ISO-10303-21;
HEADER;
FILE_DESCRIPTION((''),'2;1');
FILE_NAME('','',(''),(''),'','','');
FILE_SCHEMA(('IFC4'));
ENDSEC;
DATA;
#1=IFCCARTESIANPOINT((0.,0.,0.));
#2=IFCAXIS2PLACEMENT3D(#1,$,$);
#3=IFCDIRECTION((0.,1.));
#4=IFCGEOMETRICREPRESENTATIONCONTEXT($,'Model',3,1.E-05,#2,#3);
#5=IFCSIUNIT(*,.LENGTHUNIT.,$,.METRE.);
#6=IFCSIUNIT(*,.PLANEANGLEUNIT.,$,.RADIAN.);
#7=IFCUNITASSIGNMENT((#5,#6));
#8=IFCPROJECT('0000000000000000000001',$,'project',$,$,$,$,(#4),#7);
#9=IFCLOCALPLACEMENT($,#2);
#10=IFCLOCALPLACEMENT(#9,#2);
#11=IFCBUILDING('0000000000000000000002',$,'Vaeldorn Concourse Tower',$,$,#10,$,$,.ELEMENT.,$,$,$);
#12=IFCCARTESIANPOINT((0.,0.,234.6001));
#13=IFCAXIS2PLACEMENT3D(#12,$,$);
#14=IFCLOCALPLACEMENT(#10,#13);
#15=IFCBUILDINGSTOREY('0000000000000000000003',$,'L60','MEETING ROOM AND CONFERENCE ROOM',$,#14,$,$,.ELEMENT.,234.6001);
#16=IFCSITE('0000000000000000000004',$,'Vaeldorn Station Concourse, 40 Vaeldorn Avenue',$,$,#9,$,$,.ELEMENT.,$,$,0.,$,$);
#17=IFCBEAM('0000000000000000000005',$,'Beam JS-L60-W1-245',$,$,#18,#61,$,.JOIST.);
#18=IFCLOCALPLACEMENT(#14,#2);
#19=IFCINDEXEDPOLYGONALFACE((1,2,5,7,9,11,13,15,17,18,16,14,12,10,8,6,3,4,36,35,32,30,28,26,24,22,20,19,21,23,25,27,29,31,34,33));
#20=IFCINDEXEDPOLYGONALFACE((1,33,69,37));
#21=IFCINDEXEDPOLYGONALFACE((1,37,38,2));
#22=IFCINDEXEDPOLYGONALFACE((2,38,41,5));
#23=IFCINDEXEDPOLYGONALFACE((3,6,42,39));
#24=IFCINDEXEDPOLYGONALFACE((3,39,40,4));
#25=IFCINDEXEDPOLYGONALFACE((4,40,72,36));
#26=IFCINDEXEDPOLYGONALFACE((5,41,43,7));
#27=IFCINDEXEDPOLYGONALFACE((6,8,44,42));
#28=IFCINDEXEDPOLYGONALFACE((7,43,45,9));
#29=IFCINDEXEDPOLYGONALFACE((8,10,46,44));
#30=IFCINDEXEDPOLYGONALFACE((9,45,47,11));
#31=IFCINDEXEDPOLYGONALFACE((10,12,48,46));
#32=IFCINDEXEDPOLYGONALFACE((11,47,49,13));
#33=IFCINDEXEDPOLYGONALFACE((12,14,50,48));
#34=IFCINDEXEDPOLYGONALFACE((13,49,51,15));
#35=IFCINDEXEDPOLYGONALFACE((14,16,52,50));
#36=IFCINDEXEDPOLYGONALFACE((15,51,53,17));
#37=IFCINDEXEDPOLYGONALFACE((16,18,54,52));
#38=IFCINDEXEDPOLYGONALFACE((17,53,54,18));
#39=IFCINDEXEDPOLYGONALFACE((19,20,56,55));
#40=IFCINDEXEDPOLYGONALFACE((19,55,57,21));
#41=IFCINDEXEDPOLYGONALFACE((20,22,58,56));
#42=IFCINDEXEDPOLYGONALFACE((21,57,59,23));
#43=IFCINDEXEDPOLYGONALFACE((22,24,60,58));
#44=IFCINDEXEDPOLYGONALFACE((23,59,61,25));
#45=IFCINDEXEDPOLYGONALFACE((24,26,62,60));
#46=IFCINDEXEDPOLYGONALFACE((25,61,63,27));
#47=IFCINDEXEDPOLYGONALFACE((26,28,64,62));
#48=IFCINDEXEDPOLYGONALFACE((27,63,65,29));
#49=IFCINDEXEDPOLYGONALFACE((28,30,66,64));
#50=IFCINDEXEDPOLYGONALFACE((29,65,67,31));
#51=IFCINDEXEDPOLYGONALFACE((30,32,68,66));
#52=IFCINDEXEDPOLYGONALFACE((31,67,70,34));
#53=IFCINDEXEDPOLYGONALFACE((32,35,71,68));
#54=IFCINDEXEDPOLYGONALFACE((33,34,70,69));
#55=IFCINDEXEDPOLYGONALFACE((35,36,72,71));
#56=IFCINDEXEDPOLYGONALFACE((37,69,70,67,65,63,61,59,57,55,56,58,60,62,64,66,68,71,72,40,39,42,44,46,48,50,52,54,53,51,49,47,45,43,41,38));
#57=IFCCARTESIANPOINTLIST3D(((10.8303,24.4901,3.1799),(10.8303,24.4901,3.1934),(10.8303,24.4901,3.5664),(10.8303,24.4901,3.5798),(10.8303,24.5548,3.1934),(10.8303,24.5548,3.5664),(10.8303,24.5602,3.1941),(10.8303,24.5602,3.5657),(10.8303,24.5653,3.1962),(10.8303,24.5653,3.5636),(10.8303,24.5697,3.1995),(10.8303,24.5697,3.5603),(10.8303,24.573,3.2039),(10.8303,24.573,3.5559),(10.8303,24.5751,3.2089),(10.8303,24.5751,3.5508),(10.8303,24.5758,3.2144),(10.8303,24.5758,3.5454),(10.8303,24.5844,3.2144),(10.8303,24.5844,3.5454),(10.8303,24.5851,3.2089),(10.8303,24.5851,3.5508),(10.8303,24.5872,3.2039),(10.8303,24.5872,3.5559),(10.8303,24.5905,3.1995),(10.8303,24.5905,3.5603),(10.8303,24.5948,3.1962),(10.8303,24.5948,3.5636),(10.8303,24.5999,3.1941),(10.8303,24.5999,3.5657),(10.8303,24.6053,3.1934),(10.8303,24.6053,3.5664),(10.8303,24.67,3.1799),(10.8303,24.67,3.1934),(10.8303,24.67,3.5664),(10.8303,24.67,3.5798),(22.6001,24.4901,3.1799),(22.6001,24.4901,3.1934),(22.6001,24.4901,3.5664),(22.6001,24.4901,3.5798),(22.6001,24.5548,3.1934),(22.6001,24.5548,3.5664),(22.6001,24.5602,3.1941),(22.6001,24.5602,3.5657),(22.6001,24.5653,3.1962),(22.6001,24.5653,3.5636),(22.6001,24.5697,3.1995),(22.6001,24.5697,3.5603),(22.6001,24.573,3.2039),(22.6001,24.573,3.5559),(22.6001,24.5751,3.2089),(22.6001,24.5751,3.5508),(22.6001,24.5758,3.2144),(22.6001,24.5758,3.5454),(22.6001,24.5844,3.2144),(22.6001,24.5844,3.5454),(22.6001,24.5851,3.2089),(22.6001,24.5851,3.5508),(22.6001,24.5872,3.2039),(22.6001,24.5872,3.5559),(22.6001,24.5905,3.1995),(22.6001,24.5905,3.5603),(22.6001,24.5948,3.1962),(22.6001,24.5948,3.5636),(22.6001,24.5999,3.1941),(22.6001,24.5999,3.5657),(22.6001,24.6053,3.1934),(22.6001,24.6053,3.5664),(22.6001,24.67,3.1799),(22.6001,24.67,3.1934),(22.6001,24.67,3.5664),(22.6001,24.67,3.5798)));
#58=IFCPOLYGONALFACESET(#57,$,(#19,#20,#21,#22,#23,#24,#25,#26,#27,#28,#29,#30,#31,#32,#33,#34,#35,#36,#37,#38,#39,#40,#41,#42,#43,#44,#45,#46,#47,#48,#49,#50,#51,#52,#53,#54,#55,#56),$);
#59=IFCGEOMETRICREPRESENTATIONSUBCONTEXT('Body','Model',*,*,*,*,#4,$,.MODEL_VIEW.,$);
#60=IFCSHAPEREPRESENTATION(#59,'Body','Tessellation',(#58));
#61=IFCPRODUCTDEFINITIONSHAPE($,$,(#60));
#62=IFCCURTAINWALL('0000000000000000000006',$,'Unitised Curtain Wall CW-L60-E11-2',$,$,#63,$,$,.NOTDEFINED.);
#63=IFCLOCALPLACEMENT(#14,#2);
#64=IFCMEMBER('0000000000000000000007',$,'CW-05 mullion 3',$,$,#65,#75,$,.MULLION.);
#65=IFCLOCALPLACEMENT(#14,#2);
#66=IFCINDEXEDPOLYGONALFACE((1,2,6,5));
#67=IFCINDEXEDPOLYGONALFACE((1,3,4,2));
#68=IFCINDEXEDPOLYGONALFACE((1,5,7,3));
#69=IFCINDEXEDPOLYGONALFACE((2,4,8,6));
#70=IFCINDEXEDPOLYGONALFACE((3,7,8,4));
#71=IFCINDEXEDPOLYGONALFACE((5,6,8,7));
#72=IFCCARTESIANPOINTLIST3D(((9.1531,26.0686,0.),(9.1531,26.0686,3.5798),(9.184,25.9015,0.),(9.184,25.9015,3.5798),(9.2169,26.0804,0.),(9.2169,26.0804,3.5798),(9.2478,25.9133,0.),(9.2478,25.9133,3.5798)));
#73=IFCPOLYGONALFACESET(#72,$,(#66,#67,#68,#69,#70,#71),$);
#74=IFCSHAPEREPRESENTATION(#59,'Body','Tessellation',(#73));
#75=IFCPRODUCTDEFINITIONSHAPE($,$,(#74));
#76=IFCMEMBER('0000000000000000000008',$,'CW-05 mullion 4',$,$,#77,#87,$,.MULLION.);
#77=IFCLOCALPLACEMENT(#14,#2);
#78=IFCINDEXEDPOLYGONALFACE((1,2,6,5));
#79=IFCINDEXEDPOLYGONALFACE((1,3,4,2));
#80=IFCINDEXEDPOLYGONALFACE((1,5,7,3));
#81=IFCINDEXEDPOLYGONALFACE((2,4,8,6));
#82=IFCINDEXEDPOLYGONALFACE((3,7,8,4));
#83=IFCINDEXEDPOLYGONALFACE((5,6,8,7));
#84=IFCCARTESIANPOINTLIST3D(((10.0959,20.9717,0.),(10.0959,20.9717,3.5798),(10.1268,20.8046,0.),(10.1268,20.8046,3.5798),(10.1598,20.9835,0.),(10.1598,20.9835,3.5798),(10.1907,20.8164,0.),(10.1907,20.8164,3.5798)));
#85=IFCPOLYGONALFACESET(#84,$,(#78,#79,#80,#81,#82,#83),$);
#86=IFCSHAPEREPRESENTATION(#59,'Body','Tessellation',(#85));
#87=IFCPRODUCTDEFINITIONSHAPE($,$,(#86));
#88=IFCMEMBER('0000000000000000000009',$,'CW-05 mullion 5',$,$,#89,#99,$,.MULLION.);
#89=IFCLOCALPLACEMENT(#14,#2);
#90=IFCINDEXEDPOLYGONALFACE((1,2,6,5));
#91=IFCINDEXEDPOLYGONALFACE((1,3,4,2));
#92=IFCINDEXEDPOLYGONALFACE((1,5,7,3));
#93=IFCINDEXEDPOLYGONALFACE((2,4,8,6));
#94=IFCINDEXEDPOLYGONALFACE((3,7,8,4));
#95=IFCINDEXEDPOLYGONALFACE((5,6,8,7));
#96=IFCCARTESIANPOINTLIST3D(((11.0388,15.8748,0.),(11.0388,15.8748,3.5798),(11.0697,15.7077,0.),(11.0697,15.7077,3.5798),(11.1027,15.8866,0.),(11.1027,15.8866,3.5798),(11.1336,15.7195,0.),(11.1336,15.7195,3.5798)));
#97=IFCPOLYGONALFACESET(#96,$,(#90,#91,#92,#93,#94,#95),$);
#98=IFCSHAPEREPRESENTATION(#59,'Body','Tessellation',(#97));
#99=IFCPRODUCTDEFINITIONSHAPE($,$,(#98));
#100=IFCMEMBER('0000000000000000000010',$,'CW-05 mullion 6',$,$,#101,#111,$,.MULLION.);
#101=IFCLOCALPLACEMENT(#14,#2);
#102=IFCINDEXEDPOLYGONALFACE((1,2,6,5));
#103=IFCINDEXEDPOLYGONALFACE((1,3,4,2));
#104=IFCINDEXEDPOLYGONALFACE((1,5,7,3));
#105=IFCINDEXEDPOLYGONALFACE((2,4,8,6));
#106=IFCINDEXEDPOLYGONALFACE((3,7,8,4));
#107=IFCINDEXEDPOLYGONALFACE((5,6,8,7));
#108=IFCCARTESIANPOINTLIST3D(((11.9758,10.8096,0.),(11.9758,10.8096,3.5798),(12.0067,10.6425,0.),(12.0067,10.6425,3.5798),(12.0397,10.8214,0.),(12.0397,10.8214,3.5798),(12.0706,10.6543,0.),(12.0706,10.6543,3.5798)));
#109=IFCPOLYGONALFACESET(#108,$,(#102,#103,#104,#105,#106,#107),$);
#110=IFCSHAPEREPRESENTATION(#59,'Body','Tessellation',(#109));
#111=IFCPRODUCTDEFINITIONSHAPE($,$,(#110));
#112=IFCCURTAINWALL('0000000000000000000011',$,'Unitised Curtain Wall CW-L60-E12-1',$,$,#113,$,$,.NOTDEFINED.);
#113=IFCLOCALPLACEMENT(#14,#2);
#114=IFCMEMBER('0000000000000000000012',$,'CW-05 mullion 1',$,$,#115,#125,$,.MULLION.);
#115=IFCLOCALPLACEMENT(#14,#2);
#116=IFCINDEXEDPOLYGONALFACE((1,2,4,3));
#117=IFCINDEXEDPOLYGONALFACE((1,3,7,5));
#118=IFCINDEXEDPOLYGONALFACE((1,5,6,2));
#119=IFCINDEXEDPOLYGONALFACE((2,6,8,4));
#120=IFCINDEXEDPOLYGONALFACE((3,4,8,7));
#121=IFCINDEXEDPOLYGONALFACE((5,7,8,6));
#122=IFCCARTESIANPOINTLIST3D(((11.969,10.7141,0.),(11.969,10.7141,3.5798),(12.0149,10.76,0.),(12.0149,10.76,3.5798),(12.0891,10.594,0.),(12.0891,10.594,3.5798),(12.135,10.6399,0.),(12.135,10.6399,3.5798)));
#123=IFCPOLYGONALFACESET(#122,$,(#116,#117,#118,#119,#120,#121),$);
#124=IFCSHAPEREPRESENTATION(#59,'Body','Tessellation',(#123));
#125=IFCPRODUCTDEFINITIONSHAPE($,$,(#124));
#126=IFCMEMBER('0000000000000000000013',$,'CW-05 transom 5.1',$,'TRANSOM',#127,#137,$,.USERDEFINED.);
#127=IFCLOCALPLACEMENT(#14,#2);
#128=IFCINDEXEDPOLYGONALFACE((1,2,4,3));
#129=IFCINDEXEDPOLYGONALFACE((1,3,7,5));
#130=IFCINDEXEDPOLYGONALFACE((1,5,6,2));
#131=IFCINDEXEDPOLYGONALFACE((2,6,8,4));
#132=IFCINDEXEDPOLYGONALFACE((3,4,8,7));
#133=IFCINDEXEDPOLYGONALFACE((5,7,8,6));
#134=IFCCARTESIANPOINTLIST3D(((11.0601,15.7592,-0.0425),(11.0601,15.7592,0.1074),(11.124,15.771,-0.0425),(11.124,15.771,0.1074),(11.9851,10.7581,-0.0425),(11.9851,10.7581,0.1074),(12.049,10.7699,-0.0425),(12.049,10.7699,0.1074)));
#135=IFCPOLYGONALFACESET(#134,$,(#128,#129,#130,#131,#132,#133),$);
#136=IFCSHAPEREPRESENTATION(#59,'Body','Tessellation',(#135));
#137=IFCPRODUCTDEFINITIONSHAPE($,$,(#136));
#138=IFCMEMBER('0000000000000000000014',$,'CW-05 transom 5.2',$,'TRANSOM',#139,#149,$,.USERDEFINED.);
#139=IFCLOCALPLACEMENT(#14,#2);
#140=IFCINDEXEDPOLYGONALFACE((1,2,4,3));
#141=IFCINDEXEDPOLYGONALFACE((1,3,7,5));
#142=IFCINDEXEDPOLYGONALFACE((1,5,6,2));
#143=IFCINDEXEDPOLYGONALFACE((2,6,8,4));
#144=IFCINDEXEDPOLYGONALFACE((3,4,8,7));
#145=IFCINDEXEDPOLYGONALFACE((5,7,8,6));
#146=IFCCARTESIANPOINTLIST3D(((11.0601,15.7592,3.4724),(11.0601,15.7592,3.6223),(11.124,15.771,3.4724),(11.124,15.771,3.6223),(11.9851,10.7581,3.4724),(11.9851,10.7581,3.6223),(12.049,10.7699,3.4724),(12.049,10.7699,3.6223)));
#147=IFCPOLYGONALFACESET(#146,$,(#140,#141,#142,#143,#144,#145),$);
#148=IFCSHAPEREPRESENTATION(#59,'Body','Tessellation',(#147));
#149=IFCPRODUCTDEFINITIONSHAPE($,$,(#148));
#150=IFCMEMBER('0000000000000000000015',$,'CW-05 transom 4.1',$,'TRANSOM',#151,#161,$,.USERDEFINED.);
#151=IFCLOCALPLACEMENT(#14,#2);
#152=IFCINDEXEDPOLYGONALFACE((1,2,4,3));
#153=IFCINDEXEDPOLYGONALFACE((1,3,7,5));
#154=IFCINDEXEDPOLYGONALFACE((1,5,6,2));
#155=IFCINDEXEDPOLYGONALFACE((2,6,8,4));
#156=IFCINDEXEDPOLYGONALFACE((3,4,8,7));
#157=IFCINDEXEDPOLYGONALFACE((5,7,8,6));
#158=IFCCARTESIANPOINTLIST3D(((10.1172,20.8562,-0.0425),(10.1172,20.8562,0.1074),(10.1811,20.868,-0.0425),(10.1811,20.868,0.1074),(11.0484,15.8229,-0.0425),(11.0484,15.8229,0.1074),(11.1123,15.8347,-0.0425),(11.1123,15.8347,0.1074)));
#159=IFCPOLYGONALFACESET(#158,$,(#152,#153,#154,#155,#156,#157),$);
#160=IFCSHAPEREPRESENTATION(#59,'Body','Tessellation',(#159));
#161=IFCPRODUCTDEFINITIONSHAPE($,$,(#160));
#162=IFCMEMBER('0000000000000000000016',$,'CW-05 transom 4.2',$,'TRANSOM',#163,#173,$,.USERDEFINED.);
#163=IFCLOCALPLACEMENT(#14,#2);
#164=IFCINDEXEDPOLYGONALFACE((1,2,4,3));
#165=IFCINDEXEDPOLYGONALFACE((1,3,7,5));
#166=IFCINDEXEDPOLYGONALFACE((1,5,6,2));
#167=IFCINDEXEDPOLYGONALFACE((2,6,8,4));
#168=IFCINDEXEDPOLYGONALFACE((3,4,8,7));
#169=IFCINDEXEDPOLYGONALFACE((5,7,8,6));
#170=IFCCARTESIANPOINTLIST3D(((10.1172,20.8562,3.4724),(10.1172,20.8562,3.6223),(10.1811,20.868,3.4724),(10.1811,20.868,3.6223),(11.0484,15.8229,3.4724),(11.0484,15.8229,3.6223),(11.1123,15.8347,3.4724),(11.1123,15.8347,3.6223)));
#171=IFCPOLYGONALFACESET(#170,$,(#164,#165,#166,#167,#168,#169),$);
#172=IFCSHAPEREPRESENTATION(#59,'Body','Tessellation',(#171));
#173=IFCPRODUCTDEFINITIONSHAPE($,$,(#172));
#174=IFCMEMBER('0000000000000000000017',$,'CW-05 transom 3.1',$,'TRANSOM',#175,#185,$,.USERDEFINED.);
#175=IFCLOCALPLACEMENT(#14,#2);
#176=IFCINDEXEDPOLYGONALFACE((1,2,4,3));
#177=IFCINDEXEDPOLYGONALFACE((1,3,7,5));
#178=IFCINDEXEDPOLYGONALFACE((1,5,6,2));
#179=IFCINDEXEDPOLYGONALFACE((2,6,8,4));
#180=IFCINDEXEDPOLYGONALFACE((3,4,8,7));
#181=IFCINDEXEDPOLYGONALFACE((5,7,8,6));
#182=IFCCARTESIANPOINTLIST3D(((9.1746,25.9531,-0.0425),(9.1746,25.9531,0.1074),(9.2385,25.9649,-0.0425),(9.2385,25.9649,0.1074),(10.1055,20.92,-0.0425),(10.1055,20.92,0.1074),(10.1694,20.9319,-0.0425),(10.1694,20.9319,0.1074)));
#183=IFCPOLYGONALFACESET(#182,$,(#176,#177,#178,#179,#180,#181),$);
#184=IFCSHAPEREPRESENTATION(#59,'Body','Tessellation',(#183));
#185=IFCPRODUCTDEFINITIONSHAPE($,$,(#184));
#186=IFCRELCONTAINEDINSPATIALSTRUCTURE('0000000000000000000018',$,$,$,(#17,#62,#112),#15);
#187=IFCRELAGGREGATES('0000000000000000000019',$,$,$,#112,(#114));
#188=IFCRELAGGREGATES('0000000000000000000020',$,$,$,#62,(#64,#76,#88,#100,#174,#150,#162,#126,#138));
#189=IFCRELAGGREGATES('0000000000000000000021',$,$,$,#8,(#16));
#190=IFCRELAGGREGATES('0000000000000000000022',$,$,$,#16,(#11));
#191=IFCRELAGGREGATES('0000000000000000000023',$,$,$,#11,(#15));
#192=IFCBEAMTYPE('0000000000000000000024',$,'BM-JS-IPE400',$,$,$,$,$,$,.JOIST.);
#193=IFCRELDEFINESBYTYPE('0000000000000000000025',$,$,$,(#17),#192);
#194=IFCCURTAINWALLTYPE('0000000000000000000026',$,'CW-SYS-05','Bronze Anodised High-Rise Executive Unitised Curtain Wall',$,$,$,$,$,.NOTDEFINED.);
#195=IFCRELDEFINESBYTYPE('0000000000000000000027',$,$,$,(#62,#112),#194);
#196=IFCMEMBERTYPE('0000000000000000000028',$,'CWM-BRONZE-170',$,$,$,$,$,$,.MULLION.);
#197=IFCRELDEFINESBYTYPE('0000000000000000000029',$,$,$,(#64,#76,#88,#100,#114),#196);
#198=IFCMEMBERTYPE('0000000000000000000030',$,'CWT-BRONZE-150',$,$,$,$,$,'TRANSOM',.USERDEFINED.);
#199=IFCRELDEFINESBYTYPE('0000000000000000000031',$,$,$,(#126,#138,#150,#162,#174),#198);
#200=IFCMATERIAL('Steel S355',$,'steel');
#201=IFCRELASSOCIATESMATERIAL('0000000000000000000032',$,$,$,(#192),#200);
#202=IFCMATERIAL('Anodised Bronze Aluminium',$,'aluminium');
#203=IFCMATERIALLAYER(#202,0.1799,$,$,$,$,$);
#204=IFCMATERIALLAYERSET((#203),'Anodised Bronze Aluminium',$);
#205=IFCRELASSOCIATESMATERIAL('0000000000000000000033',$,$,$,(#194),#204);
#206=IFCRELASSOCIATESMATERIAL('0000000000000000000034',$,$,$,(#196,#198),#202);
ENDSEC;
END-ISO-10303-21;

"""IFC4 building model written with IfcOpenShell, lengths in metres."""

from ifc_helpers import new_model, si_unit, direction, frame, origin, origin_2d, place, context, subcontext, project, spatial, rectangle, i_section, extrude, source, transform, mapped, material, layer, layer_set, material_profile, profile_set, type_object, element, aggregate, save


model = new_model("IFC4")

# Units and contexts
model_context = context("Model", 3, precision=1e-05, world=origin(), true_north=direction((0.0, 1.0)))
body_context = subcontext(model_context, "Body", "Model", "MODEL_VIEW")
ifc_project = project(units=[si_unit("LENGTHUNIT", "METRE"), si_unit("PLANEANGLEUNIT", "RADIAN")], contexts=[model_context])

# Site, building, storey
site_placement = place(None, origin())
site = spatial("IfcSite", under=ifc_project, at=site_placement, Name="Vaeldorn Station Concourse, 40 Vaeldorn Avenue", CompositionType="ELEMENT", RefElevation=0.0)
building_placement = place(site_placement, origin())
building = spatial("IfcBuilding", under=site, at=building_placement, Name="Vaeldorn Concourse Tower", CompositionType="ELEMENT")
storey_placement = place(building_placement, frame((0.0, 0.0, 234.6001)))
storey = spatial("IfcBuildingStorey", under=building, at=storey_placement, Name="L60", Description="MEETING ROOM AND CONFERENCE ROOM", CompositionType="ELEMENT", Elevation=234.6001)

# Shared definitions
ifc_material_1 = material(Name="Steel S355", Category="steel")

# Beam
ifc_material_profile_1 = material_profile(ifc_material_1, i_section(OverallWidth=0.1799, OverallDepth=0.3999, WebThickness=0.0085, FlangeThickness=0.0134, FilletRadius=0.021, at=origin_2d()), Name="IPE 400")
ifc_profile_set_1 = profile_set([ifc_material_profile_1], Name="Steel S355")
beam_type_1 = type_object("IfcBeamType", Name="BM-JS-IPE400", PredefinedType="JOIST", material=ifc_profile_set_1)
shared_shape_1 = source(origin(), body_context, "Body", "SweptSolid", [
    extrude(i_section(OverallWidth=0.1799, OverallDepth=0.3999, WebThickness=0.0085, FlangeThickness=0.0134, FilletRadius=0.021, at=origin_2d()), origin(), (0.0, 0.0, 1.0), 11.7698),
])
beam_1_placement = place(storey_placement, frame((10.8303, 24.5801, 3.3799), z_axis=(1.0, 0.0, 0.0), x_axis=(0.0, 1.0, 0.0)))
element("IfcBeam", 1, at=beam_1_placement, inside=storey, type_object=beam_type_1, Name="Beam JS-L60-W1-245", PredefinedType="JOIST", context=body_context, shape_type="MappedRepresentation", body=[
    mapped(shared_shape_1, transform((0.0, 0.0, 0.0), scale=1.0)),
])

# Curtain wall, members
ifc_material_2 = material(Name="Anodised Bronze Aluminium", Category="aluminium")
ifc_layer_1 = layer(ifc_material_2, 0.1799)
ifc_layer_set_1 = layer_set([ifc_layer_1], Name="Anodised Bronze Aluminium")
curtain_wall_type = type_object("IfcCurtainWallType", Name="CW-SYS-05", Description="Bronze Anodised High-Rise Executive Unitised Curtain Wall", PredefinedType="NOTDEFINED", material=ifc_layer_set_1)
curtain_wall_1_placement = place(storey_placement, origin())
curtain_wall_1 = element("IfcCurtainWall", 2, at=curtain_wall_1_placement, inside=storey, type_object=curtain_wall_type, Name="Unitised Curtain Wall CW-L60-E11-2", PredefinedType="NOTDEFINED")
ifc_material_profile_2 = material_profile(ifc_material_2, rectangle(XDim=0.0649, YDim=0.1699, at=origin_2d()), Name="CWM 65x170")
ifc_profile_set_2 = profile_set([ifc_material_profile_2], Name="Anodised Bronze Aluminium")
member_type_1 = type_object("IfcMemberType", Name="CWM-BRONZE-170", PredefinedType="MULLION", material=ifc_profile_set_2)
shared_shape_2 = source(origin(), body_context, "Body", "SweptSolid", [
    extrude(rectangle(XDim=0.0649, YDim=0.1699, at=origin_2d()), origin(), (0.0, 0.0, 1.0), 3.5798),
])
member_1_placement = place(storey_placement, frame((9.2004, 25.991, 0.0), z_axis=(0.0, 0.0, 1.0), x_axis=(0.983319, 0.18189, 0.0)))
member_1 = element("IfcMember", 3, at=member_1_placement, type_object=member_type_1, Name="CW-05 mullion 3", PredefinedType="MULLION", context=body_context, shape_type="MappedRepresentation", body=[
    mapped(shared_shape_2, transform((0.0, 0.0, 0.0), scale=1.0)),
])
member_2_placement = place(storey_placement, frame((10.1433, 20.894, 0.0), z_axis=(0.0, 0.0, 1.0), x_axis=(0.983319, 0.18189, 0.0)))
member_2 = element("IfcMember", 4, at=member_2_placement, type_object=member_type_1, Name="CW-05 mullion 4", PredefinedType="MULLION", context=body_context, shape_type="MappedRepresentation", body=[
    mapped(shared_shape_2, transform((0.0, 0.0, 0.0), scale=1.0)),
])
member_3_placement = place(storey_placement, frame((11.0862, 15.7971, 0.0), z_axis=(0.0, 0.0, 1.0), x_axis=(0.983319, 0.18189, 0.0)))
member_3 = element("IfcMember", 5, at=member_3_placement, type_object=member_type_1, Name="CW-05 mullion 5", PredefinedType="MULLION", context=body_context, shape_type="MappedRepresentation", body=[
    mapped(shared_shape_2, transform((0.0, 0.0, 0.0), scale=1.0)),
])
member_4_placement = place(storey_placement, frame((12.0232, 10.7319, 0.0), z_axis=(0.0, 0.0, 1.0), x_axis=(0.983319, 0.18189, 0.0)))
member_4 = element("IfcMember", 6, at=member_4_placement, type_object=member_type_1, Name="CW-05 mullion 6", PredefinedType="MULLION", context=body_context, shape_type="MappedRepresentation", body=[
    mapped(shared_shape_2, transform((0.0, 0.0, 0.0), scale=1.0)),
])

# Curtain wall, member
curtain_wall_2_placement = place(storey_placement, origin())
curtain_wall_2 = element("IfcCurtainWall", 7, at=curtain_wall_2_placement, inside=storey, type_object=curtain_wall_type, Name="Unitised Curtain Wall CW-L60-E12-1", PredefinedType="NOTDEFINED")
member_5_placement = place(storey_placement, frame((12.052, 10.677, 0.0), z_axis=(0.0, 0.0, 1.0), x_axis=(0.707107, 0.707107, 0.0)))
member_5 = element("IfcMember", 8, at=member_5_placement, type_object=member_type_1, Name="CW-05 mullion 1", PredefinedType="MULLION", context=body_context, shape_type="MappedRepresentation", body=[
    mapped(shared_shape_2, transform((0.0, 0.0, 0.0), scale=1.0)),
])
aggregate(curtain_wall_2, [member_5])

# Members
ifc_material_profile_3 = material_profile(ifc_material_2, rectangle(XDim=0.0649, YDim=0.1499, at=origin_2d()), Name="CWT 65x150")
ifc_profile_set_3 = profile_set([ifc_material_profile_3], Name="Anodised Bronze Aluminium")
member_type_2 = type_object("IfcMemberType", Name="CWT-BRONZE-150", ElementType="TRANSOM", PredefinedType="USERDEFINED", material=ifc_profile_set_3)
shared_shape_3 = source(origin(), body_context, "Body", "SweptSolid", [
    extrude(rectangle(XDim=0.0649, YDim=0.1499, at=origin_2d()), origin(), (0.0, 0.0, 1.0), 5.0859),
])
member_6_placement = place(storey_placement, frame((11.092, 15.7651, 0.0325), z_axis=(0.18188, -0.983321, 0.0), x_axis=(0.983321, 0.18188, 0.0)))
member_6 = element("IfcMember", 9, at=member_6_placement, type_object=member_type_2, Name="CW-05 transom 5.1", ObjectType="TRANSOM", PredefinedType="USERDEFINED", context=body_context, shape_type="MappedRepresentation", body=[
    mapped(shared_shape_3, transform((0.0, 0.0, 0.0), scale=1.0)),
])
member_7_placement = place(storey_placement, frame((11.092, 15.7651, 3.5474), z_axis=(0.18188, -0.983321, 0.0), x_axis=(0.983321, 0.18188, 0.0)))
member_7 = element("IfcMember", 10, at=member_7_placement, type_object=member_type_2, Name="CW-05 transom 5.2", ObjectType="TRANSOM", PredefinedType="USERDEFINED", context=body_context, shape_type="MappedRepresentation", body=[
    mapped(shared_shape_3, transform((0.0, 0.0, 0.0), scale=1.0)),
])
shared_shape_4 = source(origin(), body_context, "Body", "SweptSolid", [
    extrude(rectangle(XDim=0.0649, YDim=0.1499, at=origin_2d()), origin(), (0.0, 0.0, 1.0), 5.1187),
])
member_8_placement = place(storey_placement, frame((10.1492, 20.8621, 0.0325), z_axis=(0.181915, -0.983314, 0.0), x_axis=(0.983314, 0.181915, 0.0)))
member_8 = element("IfcMember", 11, at=member_8_placement, type_object=member_type_2, Name="CW-05 transom 4.1", ObjectType="TRANSOM", PredefinedType="USERDEFINED", context=body_context, shape_type="MappedRepresentation", body=[
    mapped(shared_shape_4, transform((0.0, 0.0, 0.0), scale=1.0)),
])
member_9_placement = place(storey_placement, frame((10.1492, 20.8621, 3.5474), z_axis=(0.181915, -0.983314, 0.0), x_axis=(0.983314, 0.181915, 0.0)))
member_9 = element("IfcMember", 12, at=member_9_placement, type_object=member_type_2, Name="CW-05 transom 4.2", ObjectType="TRANSOM", PredefinedType="USERDEFINED", context=body_context, shape_type="MappedRepresentation", body=[
    mapped(shared_shape_4, transform((0.0, 0.0, 0.0), scale=1.0)),
])
shared_shape_5 = source(origin(), body_context, "Body", "SweptSolid", [
    extrude(rectangle(XDim=0.0649, YDim=0.1499, at=origin_2d()), origin(), (0.0, 0.0, 1.0), 5.1184),
])
member_10_placement = place(storey_placement, frame((9.2065, 25.959, 0.0325), z_axis=(0.181877, -0.983321, 0.0), x_axis=(0.983321, 0.181877, 0.0)))
member_10 = element("IfcMember", 13, at=member_10_placement, type_object=member_type_2, Name="CW-05 transom 3.1", ObjectType="TRANSOM", PredefinedType="USERDEFINED", context=body_context, shape_type="MappedRepresentation", body=[
    mapped(shared_shape_5, transform((0.0, 0.0, 0.0), scale=1.0)),
])

aggregate(curtain_wall_1, [member_1, member_2, member_3, member_4, member_10, member_8, member_9, member_6, member_7])

save(model, "model.ifc")
